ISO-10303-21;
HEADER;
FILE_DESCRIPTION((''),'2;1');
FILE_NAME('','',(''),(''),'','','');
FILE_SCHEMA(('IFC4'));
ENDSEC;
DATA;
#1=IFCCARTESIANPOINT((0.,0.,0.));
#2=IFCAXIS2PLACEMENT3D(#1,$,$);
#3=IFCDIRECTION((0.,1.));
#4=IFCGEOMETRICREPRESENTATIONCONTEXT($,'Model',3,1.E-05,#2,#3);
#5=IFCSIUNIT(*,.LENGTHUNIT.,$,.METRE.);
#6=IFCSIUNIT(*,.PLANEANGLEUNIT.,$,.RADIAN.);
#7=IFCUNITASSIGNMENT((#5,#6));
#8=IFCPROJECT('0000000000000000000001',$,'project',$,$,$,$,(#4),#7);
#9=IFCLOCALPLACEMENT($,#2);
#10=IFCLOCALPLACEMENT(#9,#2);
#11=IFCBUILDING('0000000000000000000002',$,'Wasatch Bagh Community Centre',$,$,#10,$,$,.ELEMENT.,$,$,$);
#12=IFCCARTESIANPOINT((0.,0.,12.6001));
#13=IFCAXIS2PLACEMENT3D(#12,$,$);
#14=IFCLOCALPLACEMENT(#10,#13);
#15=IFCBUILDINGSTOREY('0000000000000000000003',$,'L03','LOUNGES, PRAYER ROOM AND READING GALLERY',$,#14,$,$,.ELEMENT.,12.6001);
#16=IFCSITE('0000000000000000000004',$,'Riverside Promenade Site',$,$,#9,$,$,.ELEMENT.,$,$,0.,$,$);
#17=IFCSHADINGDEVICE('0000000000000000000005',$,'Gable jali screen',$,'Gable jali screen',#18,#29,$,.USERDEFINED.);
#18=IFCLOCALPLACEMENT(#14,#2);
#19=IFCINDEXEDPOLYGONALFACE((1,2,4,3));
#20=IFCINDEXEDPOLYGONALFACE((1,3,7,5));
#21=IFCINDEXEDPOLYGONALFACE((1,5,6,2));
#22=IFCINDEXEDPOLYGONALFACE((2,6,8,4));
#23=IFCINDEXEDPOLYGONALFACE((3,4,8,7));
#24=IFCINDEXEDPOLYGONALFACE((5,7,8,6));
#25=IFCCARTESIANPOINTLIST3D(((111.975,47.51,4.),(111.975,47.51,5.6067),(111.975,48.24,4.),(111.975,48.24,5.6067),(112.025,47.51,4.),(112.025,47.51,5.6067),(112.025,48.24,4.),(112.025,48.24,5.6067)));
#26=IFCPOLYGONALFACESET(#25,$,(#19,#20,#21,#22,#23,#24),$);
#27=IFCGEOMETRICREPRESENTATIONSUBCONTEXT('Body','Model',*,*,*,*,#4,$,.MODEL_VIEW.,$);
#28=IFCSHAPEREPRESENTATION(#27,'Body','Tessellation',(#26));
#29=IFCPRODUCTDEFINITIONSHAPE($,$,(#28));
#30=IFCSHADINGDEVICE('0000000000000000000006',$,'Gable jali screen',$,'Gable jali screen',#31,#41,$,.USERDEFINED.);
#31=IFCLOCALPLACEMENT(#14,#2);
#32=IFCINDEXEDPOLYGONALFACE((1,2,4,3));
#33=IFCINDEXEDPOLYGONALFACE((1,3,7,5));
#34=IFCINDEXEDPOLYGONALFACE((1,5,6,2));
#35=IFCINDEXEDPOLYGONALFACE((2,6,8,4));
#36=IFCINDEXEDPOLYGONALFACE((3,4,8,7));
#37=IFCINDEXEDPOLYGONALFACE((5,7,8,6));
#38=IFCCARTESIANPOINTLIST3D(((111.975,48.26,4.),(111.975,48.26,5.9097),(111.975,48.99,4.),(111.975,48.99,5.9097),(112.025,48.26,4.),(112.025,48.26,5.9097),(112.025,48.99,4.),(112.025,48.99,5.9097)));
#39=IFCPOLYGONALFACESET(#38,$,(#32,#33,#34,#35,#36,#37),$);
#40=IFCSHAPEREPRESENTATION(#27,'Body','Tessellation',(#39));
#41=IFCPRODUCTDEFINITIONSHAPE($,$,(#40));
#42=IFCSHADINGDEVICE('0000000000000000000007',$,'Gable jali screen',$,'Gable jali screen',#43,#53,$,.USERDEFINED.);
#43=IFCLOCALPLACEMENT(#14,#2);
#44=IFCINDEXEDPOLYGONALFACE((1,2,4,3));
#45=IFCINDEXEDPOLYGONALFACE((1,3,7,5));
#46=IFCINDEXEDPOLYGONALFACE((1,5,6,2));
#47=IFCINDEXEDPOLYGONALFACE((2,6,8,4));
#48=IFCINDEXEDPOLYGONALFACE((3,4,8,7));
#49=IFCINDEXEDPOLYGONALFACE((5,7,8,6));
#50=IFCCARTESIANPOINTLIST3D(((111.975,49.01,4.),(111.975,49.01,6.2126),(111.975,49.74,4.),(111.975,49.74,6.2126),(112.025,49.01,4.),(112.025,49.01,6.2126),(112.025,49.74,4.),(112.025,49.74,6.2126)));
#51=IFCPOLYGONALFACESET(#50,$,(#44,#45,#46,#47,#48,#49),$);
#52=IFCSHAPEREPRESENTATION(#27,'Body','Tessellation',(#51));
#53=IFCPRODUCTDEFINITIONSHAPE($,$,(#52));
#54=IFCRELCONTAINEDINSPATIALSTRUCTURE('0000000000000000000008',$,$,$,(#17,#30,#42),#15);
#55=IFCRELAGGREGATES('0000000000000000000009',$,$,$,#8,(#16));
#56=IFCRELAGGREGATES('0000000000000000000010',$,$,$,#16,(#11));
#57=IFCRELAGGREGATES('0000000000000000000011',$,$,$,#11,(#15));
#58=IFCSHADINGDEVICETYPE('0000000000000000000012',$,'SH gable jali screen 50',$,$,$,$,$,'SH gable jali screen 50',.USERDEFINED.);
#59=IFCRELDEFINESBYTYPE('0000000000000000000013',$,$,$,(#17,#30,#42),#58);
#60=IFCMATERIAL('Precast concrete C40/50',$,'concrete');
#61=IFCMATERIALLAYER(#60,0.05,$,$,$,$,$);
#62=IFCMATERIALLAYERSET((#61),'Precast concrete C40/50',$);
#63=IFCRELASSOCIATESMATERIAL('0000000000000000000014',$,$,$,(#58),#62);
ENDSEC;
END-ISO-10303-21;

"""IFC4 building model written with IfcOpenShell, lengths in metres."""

from ifc_helpers import new_model, si_unit, direction, frame, origin, origin_2d, place, context, subcontext, project, spatial, rectangle, extrude, material, layer, layer_set, type_object, element, save


model = new_model("IFC4")

# Units and contexts
model_context = context("Model", 3, precision=1e-05, world=origin(), true_north=direction((0.0, 1.0)))
body_context = subcontext(model_context, "Body", "Model", "MODEL_VIEW")
ifc_project = project(units=[si_unit("LENGTHUNIT", "METRE"), si_unit("PLANEANGLEUNIT", "RADIAN")], contexts=[model_context])

# Site, building, storey
site_placement = place(None, origin())
site = spatial("IfcSite", under=ifc_project, at=site_placement, Name="Riverside Promenade Site", CompositionType="ELEMENT", RefElevation=0.0)
building_placement = place(site_placement, origin())
building = spatial("IfcBuilding", under=site, at=building_placement, Name="Wasatch Bagh Community Centre", CompositionType="ELEMENT")
storey_placement = place(building_placement, frame((0.0, 0.0, 12.6001)))
storey = spatial("IfcBuildingStorey", under=building, at=storey_placement, Name="L03", Description="LOUNGES, PRAYER ROOM AND READING GALLERY", CompositionType="ELEMENT", Elevation=12.6001)

# Shading devices
ifc_material_1 = material(Name="Precast concrete C40/50", Category="concrete")
ifc_layer_1 = layer(ifc_material_1, 0.05)
ifc_layer_set_1 = layer_set([ifc_layer_1], Name="Precast concrete C40/50")
shading_device_type = type_object("IfcShadingDeviceType", Name="SH gable jali screen 50", ElementType="SH gable jali screen 50", PredefinedType="USERDEFINED", material=ifc_layer_set_1)
shading_device_1_placement = place(storey_placement, frame((112.0, 47.875, 4.0), z_axis=(0.0, 0.0, 1.0), x_axis=(1.0, 0.0, 0.0)))
element("IfcShadingDevice", 1, at=shading_device_1_placement, inside=storey, type_object=shading_device_type, Name="Gable jali screen", ObjectType="Gable jali screen", PredefinedType="USERDEFINED", context=body_context, shape_type="SweptSolid", body=[
    extrude(rectangle(XDim=0.05, YDim=0.73, at=origin_2d()), origin(), (0.0, 0.0, 1.0), 1.6067),
])
shading_device_2_placement = place(storey_placement, frame((112.0, 48.625, 4.0), z_axis=(0.0, 0.0, 1.0), x_axis=(1.0, 0.0, 0.0)))
element("IfcShadingDevice", 2, at=shading_device_2_placement, inside=storey, type_object=shading_device_type, Name="Gable jali screen", ObjectType="Gable jali screen", PredefinedType="USERDEFINED", context=body_context, shape_type="SweptSolid", body=[
    extrude(rectangle(XDim=0.05, YDim=0.73, at=origin_2d()), origin(), (0.0, 0.0, 1.0), 1.9097),
])
shading_device_3_placement = place(storey_placement, frame((112.0, 49.375, 4.0), z_axis=(0.0, 0.0, 1.0), x_axis=(1.0, 0.0, 0.0)))
element("IfcShadingDevice", 3, at=shading_device_3_placement, inside=storey, type_object=shading_device_type, Name="Gable jali screen", ObjectType="Gable jali screen", PredefinedType="USERDEFINED", context=body_context, shape_type="SweptSolid", body=[
    extrude(rectangle(XDim=0.05, YDim=0.73, at=origin_2d()), origin(), (0.0, 0.0, 1.0), 2.2126),
])

save(model, "model.ifc")
